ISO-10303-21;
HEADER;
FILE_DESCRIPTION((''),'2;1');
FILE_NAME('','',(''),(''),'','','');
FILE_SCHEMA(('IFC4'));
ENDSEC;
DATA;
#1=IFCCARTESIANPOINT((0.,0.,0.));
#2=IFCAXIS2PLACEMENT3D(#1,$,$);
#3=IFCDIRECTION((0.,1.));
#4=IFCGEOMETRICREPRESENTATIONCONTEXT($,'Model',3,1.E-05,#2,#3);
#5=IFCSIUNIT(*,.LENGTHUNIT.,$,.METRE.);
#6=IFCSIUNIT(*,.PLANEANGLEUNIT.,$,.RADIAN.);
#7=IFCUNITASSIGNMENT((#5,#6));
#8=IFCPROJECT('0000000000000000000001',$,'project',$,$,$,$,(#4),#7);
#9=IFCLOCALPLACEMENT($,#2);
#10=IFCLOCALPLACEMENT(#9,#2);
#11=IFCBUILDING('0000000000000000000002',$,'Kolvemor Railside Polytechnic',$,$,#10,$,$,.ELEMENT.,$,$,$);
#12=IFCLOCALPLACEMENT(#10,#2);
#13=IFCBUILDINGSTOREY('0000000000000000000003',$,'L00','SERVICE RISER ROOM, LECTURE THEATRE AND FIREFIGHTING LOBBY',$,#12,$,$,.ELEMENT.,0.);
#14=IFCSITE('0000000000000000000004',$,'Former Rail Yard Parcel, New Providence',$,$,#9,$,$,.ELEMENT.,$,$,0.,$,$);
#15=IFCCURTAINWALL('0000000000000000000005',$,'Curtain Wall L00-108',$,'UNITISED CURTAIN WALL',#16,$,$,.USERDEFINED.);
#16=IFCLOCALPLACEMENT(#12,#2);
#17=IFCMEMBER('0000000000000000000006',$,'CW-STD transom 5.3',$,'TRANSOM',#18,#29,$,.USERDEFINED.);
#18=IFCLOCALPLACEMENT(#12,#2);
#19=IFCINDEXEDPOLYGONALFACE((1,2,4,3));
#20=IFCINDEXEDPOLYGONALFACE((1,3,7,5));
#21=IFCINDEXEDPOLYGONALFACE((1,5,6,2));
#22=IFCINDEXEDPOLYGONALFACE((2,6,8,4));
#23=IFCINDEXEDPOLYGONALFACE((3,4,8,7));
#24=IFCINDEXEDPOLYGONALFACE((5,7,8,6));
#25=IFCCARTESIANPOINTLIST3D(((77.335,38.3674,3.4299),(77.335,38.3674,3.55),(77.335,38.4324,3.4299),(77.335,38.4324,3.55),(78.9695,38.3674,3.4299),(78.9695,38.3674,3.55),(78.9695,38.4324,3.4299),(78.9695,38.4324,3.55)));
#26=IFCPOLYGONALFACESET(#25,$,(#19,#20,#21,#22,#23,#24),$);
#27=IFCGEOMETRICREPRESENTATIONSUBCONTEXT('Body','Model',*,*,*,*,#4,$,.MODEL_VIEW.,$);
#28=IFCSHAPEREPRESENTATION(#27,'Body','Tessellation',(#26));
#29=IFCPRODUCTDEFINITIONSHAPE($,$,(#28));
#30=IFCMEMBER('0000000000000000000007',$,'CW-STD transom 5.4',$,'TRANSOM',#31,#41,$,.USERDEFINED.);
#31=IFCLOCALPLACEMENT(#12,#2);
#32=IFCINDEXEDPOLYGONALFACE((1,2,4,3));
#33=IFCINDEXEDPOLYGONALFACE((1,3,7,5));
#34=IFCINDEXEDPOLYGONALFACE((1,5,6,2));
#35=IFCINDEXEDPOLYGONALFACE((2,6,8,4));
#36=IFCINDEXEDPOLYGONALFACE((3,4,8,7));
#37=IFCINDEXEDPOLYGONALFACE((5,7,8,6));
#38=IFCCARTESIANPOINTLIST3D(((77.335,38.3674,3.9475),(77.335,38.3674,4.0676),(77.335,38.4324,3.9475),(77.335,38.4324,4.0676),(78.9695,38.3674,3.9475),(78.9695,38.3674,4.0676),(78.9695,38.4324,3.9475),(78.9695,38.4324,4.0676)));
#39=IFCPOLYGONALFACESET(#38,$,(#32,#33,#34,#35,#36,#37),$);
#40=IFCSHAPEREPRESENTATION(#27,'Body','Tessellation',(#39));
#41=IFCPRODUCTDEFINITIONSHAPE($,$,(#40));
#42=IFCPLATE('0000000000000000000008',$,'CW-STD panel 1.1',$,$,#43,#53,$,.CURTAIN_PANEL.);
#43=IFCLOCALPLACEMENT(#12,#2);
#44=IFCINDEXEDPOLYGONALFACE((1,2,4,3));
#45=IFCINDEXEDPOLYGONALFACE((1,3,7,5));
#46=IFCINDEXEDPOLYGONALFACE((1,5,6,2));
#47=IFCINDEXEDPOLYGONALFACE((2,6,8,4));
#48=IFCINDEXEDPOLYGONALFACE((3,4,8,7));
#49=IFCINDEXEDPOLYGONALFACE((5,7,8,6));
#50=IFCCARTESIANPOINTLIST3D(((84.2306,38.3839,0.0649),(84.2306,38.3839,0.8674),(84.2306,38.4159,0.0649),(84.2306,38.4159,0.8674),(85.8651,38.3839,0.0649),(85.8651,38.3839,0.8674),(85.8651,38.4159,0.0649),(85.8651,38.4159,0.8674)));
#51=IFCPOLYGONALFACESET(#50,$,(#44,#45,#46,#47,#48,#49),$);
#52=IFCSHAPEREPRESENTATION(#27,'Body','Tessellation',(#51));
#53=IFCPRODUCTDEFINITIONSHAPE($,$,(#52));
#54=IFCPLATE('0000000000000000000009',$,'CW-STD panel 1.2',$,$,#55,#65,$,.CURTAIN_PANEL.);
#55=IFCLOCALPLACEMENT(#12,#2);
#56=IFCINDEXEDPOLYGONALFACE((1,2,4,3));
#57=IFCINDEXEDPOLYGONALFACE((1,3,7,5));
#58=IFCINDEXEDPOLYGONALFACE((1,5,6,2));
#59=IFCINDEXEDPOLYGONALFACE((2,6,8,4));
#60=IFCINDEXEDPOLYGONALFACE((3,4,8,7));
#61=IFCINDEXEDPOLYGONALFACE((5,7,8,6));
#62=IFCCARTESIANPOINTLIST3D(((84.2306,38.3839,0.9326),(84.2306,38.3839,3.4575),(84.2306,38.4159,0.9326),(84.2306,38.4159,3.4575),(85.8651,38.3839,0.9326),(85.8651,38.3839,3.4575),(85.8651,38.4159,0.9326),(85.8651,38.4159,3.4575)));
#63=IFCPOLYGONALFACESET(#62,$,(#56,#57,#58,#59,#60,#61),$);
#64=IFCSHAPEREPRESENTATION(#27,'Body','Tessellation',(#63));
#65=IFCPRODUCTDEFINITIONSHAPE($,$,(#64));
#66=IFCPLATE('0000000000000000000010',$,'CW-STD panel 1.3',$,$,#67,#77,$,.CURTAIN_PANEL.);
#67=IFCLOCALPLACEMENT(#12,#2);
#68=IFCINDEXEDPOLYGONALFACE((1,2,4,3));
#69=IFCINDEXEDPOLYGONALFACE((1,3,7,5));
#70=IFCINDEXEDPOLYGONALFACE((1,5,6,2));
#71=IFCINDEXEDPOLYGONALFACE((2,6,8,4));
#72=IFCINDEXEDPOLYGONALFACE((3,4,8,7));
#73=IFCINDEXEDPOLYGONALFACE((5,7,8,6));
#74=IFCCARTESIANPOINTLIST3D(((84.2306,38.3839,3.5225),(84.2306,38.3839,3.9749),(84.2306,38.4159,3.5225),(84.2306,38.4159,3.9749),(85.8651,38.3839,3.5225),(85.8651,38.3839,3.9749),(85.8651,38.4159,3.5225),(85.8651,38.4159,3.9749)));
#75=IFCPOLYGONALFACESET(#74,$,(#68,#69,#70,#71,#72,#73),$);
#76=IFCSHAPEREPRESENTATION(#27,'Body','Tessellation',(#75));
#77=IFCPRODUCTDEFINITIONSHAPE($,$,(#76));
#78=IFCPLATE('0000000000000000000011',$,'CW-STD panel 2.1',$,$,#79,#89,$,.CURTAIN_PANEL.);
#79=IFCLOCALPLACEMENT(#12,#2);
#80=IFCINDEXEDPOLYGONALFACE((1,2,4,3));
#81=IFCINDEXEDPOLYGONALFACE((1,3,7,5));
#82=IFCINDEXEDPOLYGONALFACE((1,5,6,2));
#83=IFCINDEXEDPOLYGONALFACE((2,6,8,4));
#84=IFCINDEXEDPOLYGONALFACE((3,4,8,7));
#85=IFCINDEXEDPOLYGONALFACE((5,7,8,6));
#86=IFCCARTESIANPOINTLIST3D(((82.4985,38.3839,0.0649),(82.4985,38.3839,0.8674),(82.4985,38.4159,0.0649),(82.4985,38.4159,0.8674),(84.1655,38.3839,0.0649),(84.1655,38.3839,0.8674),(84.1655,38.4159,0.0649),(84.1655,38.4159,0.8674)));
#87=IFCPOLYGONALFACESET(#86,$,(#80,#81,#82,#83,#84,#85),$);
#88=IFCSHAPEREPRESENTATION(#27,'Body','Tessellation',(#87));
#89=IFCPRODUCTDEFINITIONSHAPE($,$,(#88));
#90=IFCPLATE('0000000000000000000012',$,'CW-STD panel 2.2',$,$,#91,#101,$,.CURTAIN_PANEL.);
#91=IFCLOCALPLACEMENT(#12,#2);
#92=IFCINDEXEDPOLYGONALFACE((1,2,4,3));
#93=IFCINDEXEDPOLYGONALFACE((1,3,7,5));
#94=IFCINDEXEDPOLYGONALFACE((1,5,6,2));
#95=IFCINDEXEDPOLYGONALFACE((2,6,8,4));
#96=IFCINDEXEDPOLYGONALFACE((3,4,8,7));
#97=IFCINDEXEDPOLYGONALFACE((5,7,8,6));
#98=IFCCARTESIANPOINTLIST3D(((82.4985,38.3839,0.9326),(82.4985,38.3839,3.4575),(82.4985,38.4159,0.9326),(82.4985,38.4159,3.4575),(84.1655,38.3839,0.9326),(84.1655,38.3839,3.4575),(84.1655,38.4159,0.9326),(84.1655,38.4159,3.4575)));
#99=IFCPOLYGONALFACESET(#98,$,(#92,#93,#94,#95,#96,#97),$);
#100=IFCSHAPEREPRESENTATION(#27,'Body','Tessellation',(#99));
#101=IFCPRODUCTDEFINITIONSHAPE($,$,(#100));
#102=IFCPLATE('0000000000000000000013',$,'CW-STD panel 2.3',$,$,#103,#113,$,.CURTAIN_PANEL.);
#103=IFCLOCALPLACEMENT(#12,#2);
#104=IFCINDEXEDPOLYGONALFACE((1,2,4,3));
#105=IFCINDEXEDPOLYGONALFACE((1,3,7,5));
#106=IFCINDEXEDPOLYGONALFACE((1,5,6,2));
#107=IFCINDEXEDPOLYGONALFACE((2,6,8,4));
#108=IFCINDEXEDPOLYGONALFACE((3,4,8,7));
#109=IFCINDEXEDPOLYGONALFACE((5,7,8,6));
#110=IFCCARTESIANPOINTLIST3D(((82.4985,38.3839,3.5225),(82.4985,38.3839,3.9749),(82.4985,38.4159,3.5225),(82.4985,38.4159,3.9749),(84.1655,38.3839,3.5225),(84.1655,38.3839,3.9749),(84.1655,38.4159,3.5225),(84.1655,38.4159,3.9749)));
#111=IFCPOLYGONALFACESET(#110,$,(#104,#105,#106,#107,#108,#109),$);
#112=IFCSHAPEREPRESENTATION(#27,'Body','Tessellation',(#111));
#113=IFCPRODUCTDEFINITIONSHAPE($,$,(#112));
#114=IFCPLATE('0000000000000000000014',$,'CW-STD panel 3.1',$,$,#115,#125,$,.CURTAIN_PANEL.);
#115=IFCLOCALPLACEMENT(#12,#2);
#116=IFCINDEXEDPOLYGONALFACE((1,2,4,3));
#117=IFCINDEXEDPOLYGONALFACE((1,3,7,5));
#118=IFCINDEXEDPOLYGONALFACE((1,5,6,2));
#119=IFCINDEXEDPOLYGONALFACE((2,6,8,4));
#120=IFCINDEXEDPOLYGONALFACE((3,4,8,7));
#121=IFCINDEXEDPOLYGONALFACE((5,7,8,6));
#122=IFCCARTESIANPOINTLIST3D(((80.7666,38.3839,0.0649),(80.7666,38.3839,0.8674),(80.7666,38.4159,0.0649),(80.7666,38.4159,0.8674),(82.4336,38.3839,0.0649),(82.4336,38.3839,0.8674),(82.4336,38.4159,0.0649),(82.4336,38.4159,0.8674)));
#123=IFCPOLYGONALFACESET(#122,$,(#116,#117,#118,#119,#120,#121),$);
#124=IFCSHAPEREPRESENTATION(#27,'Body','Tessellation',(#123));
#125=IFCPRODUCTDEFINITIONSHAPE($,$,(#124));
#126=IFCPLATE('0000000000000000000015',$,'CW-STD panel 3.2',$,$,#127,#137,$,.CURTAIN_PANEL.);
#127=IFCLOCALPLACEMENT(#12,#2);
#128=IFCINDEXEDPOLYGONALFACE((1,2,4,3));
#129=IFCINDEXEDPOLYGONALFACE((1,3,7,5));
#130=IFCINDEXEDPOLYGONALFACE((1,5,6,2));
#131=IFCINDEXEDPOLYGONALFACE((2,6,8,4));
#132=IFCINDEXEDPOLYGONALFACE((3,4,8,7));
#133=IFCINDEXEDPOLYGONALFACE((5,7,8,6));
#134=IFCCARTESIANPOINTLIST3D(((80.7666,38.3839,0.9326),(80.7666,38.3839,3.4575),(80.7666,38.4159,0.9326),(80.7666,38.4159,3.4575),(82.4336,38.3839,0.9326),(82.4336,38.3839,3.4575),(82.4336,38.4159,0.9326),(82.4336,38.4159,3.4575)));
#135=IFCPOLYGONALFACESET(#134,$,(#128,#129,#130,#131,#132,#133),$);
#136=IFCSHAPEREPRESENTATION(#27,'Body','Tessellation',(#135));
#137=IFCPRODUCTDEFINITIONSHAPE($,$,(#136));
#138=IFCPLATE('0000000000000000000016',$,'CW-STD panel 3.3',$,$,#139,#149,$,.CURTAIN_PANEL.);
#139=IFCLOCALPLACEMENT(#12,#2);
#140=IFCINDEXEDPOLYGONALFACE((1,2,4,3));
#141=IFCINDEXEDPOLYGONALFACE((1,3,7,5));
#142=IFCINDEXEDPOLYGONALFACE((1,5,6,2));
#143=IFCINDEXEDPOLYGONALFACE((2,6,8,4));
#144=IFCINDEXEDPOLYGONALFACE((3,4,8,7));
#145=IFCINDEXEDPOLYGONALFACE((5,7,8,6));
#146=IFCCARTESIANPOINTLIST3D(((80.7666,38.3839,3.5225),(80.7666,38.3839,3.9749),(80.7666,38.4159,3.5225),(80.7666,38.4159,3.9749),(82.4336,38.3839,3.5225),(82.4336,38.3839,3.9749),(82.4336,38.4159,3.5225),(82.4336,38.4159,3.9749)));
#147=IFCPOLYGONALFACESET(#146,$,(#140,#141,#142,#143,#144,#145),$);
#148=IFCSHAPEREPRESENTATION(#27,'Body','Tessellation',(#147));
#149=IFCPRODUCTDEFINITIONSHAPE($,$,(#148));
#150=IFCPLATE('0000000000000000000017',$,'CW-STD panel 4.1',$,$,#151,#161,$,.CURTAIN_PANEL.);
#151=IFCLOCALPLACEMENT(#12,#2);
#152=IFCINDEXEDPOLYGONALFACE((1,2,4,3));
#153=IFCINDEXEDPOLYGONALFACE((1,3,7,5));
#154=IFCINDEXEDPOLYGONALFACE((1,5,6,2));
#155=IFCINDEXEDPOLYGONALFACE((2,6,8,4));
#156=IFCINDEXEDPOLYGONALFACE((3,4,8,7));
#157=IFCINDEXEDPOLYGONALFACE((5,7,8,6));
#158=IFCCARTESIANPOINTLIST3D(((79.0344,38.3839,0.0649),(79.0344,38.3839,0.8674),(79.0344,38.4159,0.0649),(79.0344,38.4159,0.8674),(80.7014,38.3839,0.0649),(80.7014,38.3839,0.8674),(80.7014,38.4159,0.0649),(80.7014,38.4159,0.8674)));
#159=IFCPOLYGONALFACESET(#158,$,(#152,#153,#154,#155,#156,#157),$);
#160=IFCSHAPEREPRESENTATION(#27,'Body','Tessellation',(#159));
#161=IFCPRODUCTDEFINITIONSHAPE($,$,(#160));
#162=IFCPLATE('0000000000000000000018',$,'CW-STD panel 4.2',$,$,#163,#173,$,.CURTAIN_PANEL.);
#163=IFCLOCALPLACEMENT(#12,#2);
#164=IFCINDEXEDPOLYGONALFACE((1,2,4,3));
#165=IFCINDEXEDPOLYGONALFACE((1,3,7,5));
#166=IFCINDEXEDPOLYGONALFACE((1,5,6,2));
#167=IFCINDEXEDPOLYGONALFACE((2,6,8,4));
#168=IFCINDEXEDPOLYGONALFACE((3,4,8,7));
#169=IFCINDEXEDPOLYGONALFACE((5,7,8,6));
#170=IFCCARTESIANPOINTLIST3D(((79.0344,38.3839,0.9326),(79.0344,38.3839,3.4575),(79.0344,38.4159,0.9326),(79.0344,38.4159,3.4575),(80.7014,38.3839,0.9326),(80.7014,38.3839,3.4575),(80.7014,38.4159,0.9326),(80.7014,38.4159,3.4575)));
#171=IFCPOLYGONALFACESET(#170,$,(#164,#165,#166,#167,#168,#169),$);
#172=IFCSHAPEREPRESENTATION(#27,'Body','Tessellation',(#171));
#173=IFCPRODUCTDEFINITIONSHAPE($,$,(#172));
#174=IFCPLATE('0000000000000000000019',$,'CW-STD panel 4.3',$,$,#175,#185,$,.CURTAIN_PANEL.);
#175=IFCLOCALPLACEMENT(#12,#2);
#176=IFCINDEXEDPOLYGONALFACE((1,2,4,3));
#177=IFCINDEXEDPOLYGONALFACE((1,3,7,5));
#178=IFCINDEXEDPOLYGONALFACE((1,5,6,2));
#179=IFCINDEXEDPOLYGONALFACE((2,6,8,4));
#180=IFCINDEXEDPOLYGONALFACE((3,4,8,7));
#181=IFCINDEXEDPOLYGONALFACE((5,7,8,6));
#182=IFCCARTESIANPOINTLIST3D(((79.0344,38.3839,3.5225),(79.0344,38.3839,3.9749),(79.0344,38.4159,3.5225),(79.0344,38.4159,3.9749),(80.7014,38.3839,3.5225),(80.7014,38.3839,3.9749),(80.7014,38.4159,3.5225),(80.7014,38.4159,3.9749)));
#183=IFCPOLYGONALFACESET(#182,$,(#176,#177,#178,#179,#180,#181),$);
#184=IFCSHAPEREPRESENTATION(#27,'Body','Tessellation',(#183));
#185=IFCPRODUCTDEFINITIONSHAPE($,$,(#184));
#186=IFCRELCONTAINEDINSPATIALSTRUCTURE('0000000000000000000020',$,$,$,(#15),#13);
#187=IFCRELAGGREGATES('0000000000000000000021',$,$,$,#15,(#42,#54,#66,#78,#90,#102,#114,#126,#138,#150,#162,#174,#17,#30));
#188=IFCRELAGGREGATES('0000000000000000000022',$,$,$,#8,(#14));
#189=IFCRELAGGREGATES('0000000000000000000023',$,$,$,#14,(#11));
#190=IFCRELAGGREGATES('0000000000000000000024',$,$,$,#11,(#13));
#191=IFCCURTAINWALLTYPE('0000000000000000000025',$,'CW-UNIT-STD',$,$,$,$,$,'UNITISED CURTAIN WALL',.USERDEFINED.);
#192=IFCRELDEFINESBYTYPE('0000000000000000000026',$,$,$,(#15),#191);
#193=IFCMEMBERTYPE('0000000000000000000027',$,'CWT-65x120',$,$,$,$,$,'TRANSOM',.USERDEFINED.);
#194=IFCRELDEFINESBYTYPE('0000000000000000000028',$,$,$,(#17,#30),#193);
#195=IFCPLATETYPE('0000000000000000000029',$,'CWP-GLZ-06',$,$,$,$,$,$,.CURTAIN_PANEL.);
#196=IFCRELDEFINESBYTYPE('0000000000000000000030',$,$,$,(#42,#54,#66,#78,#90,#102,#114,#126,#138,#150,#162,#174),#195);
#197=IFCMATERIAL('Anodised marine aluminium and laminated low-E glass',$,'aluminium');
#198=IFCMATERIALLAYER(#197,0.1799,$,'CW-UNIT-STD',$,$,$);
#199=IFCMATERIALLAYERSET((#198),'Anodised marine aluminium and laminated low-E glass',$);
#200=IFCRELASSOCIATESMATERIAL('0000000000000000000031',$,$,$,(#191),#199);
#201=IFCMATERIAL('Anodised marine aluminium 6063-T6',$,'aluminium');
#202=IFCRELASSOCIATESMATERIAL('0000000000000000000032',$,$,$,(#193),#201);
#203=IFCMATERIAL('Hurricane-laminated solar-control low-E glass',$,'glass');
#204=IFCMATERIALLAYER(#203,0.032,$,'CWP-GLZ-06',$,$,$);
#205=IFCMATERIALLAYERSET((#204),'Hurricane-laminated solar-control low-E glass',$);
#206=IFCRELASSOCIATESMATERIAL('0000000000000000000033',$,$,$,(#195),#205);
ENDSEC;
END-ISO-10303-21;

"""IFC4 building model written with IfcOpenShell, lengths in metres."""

from ifc_helpers import new_model, si_unit, direction, frame, origin, origin_2d, place, context, subcontext, project, spatial, rectangle, extrude, material, layer, layer_set, material_profile, profile_set, type_object, element, aggregate, save


model = new_model("IFC4")

# Units and contexts
model_context = context("Model", 3, precision=1e-05, world=origin(), true_north=direction((0.0, 1.0)))
body_context = subcontext(model_context, "Body", "Model", "MODEL_VIEW")
ifc_project = project(units=[si_unit("LENGTHUNIT", "METRE"), si_unit("PLANEANGLEUNIT", "RADIAN")], contexts=[model_context])

# Site, building, storey
site_placement = place(None, origin())
site = spatial("IfcSite", under=ifc_project, at=site_placement, Name="Former Rail Yard Parcel, New Providence", CompositionType="ELEMENT", RefElevation=0.0)
building_placement = place(site_placement, origin())
building = spatial("IfcBuilding", under=site, at=building_placement, Name="Kolvemor Railside Polytechnic", CompositionType="ELEMENT")
storey_placement = place(building_placement, origin())
storey = spatial("IfcBuildingStorey", under=building, at=storey_placement, Name="L00", Description="SERVICE RISER ROOM, LECTURE THEATRE AND FIREFIGHTING LOBBY", CompositionType="ELEMENT", Elevation=0.0)

# Curtain wall, members, plates
ifc_material_1 = material(Name="Anodised marine aluminium and laminated low-E glass", Category="aluminium")
ifc_layer_1 = layer(ifc_material_1, 0.1799, Name="CW-UNIT-STD")
ifc_layer_set_1 = layer_set([ifc_layer_1], Name="Anodised marine aluminium and laminated low-E glass")
curtain_wall_type = type_object("IfcCurtainWallType", Name="CW-UNIT-STD", ElementType="UNITISED CURTAIN WALL", PredefinedType="USERDEFINED", material=ifc_layer_set_1)
curtain_wall_placement = place(storey_placement, origin())
curtain_wall = element("IfcCurtainWall", 1, at=curtain_wall_placement, inside=storey, type_object=curtain_wall_type, Name="Curtain Wall L00-108", ObjectType="UNITISED CURTAIN WALL", PredefinedType="USERDEFINED")
ifc_material_2 = material(Name="Anodised marine aluminium 6063-T6", Category="aluminium")
ifc_material_profile_1 = material_profile(ifc_material_2, rectangle(XDim=0.0649, YDim=0.1201, at=origin_2d()), Name="CW-TRN-65x120")
ifc_profile_set_1 = profile_set([ifc_material_profile_1], Name="Anodised marine aluminium 6063-T6")
member_type_1 = type_object("IfcMemberType", Name="CWT-65x120", ElementType="TRANSOM", PredefinedType="USERDEFINED", material=ifc_profile_set_1)
member_1_placement = place(storey_placement, frame((78.9695, 38.3999, 3.49), z_axis=(-1.0, 0.0, 0.0), x_axis=(0.0, -1.0, 0.0)))
member_1 = element("IfcMember", 2, at=member_1_placement, type_object=member_type_1, Name="CW-STD transom 5.3", ObjectType="TRANSOM", PredefinedType="USERDEFINED", context=body_context, shape_type="SweptSolid", body=[
    extrude(rectangle(XDim=0.0649, YDim=0.1201, at=origin_2d()), origin(), (0.0, 0.0, 1.0), 1.6345),
])
member_2_placement = place(storey_placement, frame((78.9695, 38.3999, 4.0076), z_axis=(-1.0, 0.0, 0.0), x_axis=(0.0, -1.0, 0.0)))
member_2 = element("IfcMember", 3, at=member_2_placement, type_object=member_type_1, Name="CW-STD transom 5.4", ObjectType="TRANSOM", PredefinedType="USERDEFINED", context=body_context, shape_type="SweptSolid", body=[
    extrude(rectangle(XDim=0.0649, YDim=0.1201, at=origin_2d()), origin(), (0.0, 0.0, 1.0), 1.6345),
])
ifc_material_3 = material(Name="Hurricane-laminated solar-control low-E glass", Category="glass")
ifc_layer_2 = layer(ifc_material_3, 0.032, Name="CWP-GLZ-06")
ifc_layer_set_2 = layer_set([ifc_layer_2], Name="Hurricane-laminated solar-control low-E glass")
plate_type = type_object("IfcPlateType", Name="CWP-GLZ-06", PredefinedType="CURTAIN_PANEL", material=ifc_layer_set_2)
plate_1_placement = place(storey_placement, frame((85.0479, 38.3999, 0.0649), z_axis=(0.0, 0.0, 1.0), x_axis=(-1.0, 0.0, 0.0)))
plate_1 = element("IfcPlate", 4, at=plate_1_placement, type_object=plate_type, Name="CW-STD panel 1.1", PredefinedType="CURTAIN_PANEL", context=body_context, shape_type="SweptSolid", body=[
    extrude(rectangle(XDim=1.6345, YDim=0.032, at=origin_2d()), origin(), (0.0, 0.0, 1.0), 0.8025),
])
plate_2_placement = place(storey_placement, frame((85.0479, 38.3999, 0.9326), z_axis=(0.0, 0.0, 1.0), x_axis=(-1.0, 0.0, 0.0)))
plate_2 = element("IfcPlate", 5, at=plate_2_placement, type_object=plate_type, Name="CW-STD panel 1.2", PredefinedType="CURTAIN_PANEL", context=body_context, shape_type="SweptSolid", body=[
    extrude(rectangle(XDim=1.6345, YDim=0.032, at=origin_2d()), origin(), (0.0, 0.0, 1.0), 2.5249),
])
plate_3_placement = place(storey_placement, frame((85.0479, 38.3999, 3.5225), z_axis=(0.0, 0.0, 1.0), x_axis=(-1.0, 0.0, 0.0)))
plate_3 = element("IfcPlate", 6, at=plate_3_placement, type_object=plate_type, Name="CW-STD panel 1.3", PredefinedType="CURTAIN_PANEL", context=body_context, shape_type="SweptSolid", body=[
    extrude(rectangle(XDim=1.6345, YDim=0.032, at=origin_2d()), origin(), (0.0, 0.0, 1.0), 0.4524),
])
plate_4_placement = place(storey_placement, frame((83.332, 38.3999, 0.0649), z_axis=(0.0, 0.0, 1.0), x_axis=(-1.0, 0.0, 0.0)))
plate_4 = element("IfcPlate", 7, at=plate_4_placement, type_object=plate_type, Name="CW-STD panel 2.1", PredefinedType="CURTAIN_PANEL", context=body_context, shape_type="SweptSolid", body=[
    extrude(rectangle(XDim=1.667, YDim=0.032, at=origin_2d()), origin(), (0.0, 0.0, 1.0), 0.8025),
])
plate_5_placement = place(storey_placement, frame((83.332, 38.3999, 0.9326), z_axis=(0.0, 0.0, 1.0), x_axis=(-1.0, 0.0, 0.0)))
plate_5 = element("IfcPlate", 8, at=plate_5_placement, type_object=plate_type, Name="CW-STD panel 2.2", PredefinedType="CURTAIN_PANEL", context=body_context, shape_type="SweptSolid", body=[
    extrude(rectangle(XDim=1.667, YDim=0.032, at=origin_2d()), origin(), (0.0, 0.0, 1.0), 2.5249),
])
plate_6_placement = place(storey_placement, frame((83.332, 38.3999, 3.5225), z_axis=(0.0, 0.0, 1.0), x_axis=(-1.0, 0.0, 0.0)))
plate_6 = element("IfcPlate", 9, at=plate_6_placement, type_object=plate_type, Name="CW-STD panel 2.3", PredefinedType="CURTAIN_PANEL", context=body_context, shape_type="SweptSolid", body=[
    extrude(rectangle(XDim=1.667, YDim=0.032, at=origin_2d()), origin(), (0.0, 0.0, 1.0), 0.4524),
])
plate_7_placement = place(storey_placement, frame((81.6001, 38.3999, 0.0649), z_axis=(0.0, 0.0, 1.0), x_axis=(-1.0, 0.0, 0.0)))
plate_7 = element("IfcPlate", 10, at=plate_7_placement, type_object=plate_type, Name="CW-STD panel 3.1", PredefinedType="CURTAIN_PANEL", context=body_context, shape_type="SweptSolid", body=[
    extrude(rectangle(XDim=1.667, YDim=0.032, at=origin_2d()), origin(), (0.0, 0.0, 1.0), 0.8025),
])
plate_8_placement = place(storey_placement, frame((81.6001, 38.3999, 0.9326), z_axis=(0.0, 0.0, 1.0), x_axis=(-1.0, 0.0, 0.0)))
plate_8 = element("IfcPlate", 11, at=plate_8_placement, type_object=plate_type, Name="CW-STD panel 3.2", PredefinedType="CURTAIN_PANEL", context=body_context, shape_type="SweptSolid", body=[
    extrude(rectangle(XDim=1.667, YDim=0.032, at=origin_2d()), origin(), (0.0, 0.0, 1.0), 2.5249),
])
plate_9_placement = place(storey_placement, frame((81.6001, 38.3999, 3.5225), z_axis=(0.0, 0.0, 1.0), x_axis=(-1.0, 0.0, 0.0)))
plate_9 = element("IfcPlate", 12, at=plate_9_placement, type_object=plate_type, Name="CW-STD panel 3.3", PredefinedType="CURTAIN_PANEL", context=body_context, shape_type="SweptSolid", body=[
    extrude(rectangle(XDim=1.667, YDim=0.032, at=origin_2d()), origin(), (0.0, 0.0, 1.0), 0.4524),
])
plate_10_placement = place(storey_placement, frame((79.8679, 38.3999, 0.0649), z_axis=(0.0, 0.0, 1.0), x_axis=(-1.0, 0.0, 0.0)))
plate_10 = element("IfcPlate", 13, at=plate_10_placement, type_object=plate_type, Name="CW-STD panel 4.1", PredefinedType="CURTAIN_PANEL", context=body_context, shape_type="SweptSolid", body=[
    extrude(rectangle(XDim=1.667, YDim=0.032, at=origin_2d()), origin(), (0.0, 0.0, 1.0), 0.8025),
])
plate_11_placement = place(storey_placement, frame((79.8679, 38.3999, 0.9326), z_axis=(0.0, 0.0, 1.0), x_axis=(-1.0, 0.0, 0.0)))
plate_11 = element("IfcPlate", 14, at=plate_11_placement, type_object=plate_type, Name="CW-STD panel 4.2", PredefinedType="CURTAIN_PANEL", context=body_context, shape_type="SweptSolid", body=[
    extrude(rectangle(XDim=1.667, YDim=0.032, at=origin_2d()), origin(), (0.0, 0.0, 1.0), 2.5249),
])
plate_12_placement = place(storey_placement, frame((79.8679, 38.3999, 3.5225), z_axis=(0.0, 0.0, 1.0), x_axis=(-1.0, 0.0, 0.0)))
plate_12 = element("IfcPlate", 15, at=plate_12_placement, type_object=plate_type, Name="CW-STD panel 4.3", PredefinedType="CURTAIN_PANEL", context=body_context, shape_type="SweptSolid", body=[
    extrude(rectangle(XDim=1.667, YDim=0.032, at=origin_2d()), origin(), (0.0, 0.0, 1.0), 0.4524),
])
aggregate(curtain_wall, [plate_1, plate_2, plate_3, plate_4, plate_5, plate_6, plate_7, plate_8, plate_9, plate_10, plate_11, plate_12, member_1, member_2])

save(model, "model.ifc")
